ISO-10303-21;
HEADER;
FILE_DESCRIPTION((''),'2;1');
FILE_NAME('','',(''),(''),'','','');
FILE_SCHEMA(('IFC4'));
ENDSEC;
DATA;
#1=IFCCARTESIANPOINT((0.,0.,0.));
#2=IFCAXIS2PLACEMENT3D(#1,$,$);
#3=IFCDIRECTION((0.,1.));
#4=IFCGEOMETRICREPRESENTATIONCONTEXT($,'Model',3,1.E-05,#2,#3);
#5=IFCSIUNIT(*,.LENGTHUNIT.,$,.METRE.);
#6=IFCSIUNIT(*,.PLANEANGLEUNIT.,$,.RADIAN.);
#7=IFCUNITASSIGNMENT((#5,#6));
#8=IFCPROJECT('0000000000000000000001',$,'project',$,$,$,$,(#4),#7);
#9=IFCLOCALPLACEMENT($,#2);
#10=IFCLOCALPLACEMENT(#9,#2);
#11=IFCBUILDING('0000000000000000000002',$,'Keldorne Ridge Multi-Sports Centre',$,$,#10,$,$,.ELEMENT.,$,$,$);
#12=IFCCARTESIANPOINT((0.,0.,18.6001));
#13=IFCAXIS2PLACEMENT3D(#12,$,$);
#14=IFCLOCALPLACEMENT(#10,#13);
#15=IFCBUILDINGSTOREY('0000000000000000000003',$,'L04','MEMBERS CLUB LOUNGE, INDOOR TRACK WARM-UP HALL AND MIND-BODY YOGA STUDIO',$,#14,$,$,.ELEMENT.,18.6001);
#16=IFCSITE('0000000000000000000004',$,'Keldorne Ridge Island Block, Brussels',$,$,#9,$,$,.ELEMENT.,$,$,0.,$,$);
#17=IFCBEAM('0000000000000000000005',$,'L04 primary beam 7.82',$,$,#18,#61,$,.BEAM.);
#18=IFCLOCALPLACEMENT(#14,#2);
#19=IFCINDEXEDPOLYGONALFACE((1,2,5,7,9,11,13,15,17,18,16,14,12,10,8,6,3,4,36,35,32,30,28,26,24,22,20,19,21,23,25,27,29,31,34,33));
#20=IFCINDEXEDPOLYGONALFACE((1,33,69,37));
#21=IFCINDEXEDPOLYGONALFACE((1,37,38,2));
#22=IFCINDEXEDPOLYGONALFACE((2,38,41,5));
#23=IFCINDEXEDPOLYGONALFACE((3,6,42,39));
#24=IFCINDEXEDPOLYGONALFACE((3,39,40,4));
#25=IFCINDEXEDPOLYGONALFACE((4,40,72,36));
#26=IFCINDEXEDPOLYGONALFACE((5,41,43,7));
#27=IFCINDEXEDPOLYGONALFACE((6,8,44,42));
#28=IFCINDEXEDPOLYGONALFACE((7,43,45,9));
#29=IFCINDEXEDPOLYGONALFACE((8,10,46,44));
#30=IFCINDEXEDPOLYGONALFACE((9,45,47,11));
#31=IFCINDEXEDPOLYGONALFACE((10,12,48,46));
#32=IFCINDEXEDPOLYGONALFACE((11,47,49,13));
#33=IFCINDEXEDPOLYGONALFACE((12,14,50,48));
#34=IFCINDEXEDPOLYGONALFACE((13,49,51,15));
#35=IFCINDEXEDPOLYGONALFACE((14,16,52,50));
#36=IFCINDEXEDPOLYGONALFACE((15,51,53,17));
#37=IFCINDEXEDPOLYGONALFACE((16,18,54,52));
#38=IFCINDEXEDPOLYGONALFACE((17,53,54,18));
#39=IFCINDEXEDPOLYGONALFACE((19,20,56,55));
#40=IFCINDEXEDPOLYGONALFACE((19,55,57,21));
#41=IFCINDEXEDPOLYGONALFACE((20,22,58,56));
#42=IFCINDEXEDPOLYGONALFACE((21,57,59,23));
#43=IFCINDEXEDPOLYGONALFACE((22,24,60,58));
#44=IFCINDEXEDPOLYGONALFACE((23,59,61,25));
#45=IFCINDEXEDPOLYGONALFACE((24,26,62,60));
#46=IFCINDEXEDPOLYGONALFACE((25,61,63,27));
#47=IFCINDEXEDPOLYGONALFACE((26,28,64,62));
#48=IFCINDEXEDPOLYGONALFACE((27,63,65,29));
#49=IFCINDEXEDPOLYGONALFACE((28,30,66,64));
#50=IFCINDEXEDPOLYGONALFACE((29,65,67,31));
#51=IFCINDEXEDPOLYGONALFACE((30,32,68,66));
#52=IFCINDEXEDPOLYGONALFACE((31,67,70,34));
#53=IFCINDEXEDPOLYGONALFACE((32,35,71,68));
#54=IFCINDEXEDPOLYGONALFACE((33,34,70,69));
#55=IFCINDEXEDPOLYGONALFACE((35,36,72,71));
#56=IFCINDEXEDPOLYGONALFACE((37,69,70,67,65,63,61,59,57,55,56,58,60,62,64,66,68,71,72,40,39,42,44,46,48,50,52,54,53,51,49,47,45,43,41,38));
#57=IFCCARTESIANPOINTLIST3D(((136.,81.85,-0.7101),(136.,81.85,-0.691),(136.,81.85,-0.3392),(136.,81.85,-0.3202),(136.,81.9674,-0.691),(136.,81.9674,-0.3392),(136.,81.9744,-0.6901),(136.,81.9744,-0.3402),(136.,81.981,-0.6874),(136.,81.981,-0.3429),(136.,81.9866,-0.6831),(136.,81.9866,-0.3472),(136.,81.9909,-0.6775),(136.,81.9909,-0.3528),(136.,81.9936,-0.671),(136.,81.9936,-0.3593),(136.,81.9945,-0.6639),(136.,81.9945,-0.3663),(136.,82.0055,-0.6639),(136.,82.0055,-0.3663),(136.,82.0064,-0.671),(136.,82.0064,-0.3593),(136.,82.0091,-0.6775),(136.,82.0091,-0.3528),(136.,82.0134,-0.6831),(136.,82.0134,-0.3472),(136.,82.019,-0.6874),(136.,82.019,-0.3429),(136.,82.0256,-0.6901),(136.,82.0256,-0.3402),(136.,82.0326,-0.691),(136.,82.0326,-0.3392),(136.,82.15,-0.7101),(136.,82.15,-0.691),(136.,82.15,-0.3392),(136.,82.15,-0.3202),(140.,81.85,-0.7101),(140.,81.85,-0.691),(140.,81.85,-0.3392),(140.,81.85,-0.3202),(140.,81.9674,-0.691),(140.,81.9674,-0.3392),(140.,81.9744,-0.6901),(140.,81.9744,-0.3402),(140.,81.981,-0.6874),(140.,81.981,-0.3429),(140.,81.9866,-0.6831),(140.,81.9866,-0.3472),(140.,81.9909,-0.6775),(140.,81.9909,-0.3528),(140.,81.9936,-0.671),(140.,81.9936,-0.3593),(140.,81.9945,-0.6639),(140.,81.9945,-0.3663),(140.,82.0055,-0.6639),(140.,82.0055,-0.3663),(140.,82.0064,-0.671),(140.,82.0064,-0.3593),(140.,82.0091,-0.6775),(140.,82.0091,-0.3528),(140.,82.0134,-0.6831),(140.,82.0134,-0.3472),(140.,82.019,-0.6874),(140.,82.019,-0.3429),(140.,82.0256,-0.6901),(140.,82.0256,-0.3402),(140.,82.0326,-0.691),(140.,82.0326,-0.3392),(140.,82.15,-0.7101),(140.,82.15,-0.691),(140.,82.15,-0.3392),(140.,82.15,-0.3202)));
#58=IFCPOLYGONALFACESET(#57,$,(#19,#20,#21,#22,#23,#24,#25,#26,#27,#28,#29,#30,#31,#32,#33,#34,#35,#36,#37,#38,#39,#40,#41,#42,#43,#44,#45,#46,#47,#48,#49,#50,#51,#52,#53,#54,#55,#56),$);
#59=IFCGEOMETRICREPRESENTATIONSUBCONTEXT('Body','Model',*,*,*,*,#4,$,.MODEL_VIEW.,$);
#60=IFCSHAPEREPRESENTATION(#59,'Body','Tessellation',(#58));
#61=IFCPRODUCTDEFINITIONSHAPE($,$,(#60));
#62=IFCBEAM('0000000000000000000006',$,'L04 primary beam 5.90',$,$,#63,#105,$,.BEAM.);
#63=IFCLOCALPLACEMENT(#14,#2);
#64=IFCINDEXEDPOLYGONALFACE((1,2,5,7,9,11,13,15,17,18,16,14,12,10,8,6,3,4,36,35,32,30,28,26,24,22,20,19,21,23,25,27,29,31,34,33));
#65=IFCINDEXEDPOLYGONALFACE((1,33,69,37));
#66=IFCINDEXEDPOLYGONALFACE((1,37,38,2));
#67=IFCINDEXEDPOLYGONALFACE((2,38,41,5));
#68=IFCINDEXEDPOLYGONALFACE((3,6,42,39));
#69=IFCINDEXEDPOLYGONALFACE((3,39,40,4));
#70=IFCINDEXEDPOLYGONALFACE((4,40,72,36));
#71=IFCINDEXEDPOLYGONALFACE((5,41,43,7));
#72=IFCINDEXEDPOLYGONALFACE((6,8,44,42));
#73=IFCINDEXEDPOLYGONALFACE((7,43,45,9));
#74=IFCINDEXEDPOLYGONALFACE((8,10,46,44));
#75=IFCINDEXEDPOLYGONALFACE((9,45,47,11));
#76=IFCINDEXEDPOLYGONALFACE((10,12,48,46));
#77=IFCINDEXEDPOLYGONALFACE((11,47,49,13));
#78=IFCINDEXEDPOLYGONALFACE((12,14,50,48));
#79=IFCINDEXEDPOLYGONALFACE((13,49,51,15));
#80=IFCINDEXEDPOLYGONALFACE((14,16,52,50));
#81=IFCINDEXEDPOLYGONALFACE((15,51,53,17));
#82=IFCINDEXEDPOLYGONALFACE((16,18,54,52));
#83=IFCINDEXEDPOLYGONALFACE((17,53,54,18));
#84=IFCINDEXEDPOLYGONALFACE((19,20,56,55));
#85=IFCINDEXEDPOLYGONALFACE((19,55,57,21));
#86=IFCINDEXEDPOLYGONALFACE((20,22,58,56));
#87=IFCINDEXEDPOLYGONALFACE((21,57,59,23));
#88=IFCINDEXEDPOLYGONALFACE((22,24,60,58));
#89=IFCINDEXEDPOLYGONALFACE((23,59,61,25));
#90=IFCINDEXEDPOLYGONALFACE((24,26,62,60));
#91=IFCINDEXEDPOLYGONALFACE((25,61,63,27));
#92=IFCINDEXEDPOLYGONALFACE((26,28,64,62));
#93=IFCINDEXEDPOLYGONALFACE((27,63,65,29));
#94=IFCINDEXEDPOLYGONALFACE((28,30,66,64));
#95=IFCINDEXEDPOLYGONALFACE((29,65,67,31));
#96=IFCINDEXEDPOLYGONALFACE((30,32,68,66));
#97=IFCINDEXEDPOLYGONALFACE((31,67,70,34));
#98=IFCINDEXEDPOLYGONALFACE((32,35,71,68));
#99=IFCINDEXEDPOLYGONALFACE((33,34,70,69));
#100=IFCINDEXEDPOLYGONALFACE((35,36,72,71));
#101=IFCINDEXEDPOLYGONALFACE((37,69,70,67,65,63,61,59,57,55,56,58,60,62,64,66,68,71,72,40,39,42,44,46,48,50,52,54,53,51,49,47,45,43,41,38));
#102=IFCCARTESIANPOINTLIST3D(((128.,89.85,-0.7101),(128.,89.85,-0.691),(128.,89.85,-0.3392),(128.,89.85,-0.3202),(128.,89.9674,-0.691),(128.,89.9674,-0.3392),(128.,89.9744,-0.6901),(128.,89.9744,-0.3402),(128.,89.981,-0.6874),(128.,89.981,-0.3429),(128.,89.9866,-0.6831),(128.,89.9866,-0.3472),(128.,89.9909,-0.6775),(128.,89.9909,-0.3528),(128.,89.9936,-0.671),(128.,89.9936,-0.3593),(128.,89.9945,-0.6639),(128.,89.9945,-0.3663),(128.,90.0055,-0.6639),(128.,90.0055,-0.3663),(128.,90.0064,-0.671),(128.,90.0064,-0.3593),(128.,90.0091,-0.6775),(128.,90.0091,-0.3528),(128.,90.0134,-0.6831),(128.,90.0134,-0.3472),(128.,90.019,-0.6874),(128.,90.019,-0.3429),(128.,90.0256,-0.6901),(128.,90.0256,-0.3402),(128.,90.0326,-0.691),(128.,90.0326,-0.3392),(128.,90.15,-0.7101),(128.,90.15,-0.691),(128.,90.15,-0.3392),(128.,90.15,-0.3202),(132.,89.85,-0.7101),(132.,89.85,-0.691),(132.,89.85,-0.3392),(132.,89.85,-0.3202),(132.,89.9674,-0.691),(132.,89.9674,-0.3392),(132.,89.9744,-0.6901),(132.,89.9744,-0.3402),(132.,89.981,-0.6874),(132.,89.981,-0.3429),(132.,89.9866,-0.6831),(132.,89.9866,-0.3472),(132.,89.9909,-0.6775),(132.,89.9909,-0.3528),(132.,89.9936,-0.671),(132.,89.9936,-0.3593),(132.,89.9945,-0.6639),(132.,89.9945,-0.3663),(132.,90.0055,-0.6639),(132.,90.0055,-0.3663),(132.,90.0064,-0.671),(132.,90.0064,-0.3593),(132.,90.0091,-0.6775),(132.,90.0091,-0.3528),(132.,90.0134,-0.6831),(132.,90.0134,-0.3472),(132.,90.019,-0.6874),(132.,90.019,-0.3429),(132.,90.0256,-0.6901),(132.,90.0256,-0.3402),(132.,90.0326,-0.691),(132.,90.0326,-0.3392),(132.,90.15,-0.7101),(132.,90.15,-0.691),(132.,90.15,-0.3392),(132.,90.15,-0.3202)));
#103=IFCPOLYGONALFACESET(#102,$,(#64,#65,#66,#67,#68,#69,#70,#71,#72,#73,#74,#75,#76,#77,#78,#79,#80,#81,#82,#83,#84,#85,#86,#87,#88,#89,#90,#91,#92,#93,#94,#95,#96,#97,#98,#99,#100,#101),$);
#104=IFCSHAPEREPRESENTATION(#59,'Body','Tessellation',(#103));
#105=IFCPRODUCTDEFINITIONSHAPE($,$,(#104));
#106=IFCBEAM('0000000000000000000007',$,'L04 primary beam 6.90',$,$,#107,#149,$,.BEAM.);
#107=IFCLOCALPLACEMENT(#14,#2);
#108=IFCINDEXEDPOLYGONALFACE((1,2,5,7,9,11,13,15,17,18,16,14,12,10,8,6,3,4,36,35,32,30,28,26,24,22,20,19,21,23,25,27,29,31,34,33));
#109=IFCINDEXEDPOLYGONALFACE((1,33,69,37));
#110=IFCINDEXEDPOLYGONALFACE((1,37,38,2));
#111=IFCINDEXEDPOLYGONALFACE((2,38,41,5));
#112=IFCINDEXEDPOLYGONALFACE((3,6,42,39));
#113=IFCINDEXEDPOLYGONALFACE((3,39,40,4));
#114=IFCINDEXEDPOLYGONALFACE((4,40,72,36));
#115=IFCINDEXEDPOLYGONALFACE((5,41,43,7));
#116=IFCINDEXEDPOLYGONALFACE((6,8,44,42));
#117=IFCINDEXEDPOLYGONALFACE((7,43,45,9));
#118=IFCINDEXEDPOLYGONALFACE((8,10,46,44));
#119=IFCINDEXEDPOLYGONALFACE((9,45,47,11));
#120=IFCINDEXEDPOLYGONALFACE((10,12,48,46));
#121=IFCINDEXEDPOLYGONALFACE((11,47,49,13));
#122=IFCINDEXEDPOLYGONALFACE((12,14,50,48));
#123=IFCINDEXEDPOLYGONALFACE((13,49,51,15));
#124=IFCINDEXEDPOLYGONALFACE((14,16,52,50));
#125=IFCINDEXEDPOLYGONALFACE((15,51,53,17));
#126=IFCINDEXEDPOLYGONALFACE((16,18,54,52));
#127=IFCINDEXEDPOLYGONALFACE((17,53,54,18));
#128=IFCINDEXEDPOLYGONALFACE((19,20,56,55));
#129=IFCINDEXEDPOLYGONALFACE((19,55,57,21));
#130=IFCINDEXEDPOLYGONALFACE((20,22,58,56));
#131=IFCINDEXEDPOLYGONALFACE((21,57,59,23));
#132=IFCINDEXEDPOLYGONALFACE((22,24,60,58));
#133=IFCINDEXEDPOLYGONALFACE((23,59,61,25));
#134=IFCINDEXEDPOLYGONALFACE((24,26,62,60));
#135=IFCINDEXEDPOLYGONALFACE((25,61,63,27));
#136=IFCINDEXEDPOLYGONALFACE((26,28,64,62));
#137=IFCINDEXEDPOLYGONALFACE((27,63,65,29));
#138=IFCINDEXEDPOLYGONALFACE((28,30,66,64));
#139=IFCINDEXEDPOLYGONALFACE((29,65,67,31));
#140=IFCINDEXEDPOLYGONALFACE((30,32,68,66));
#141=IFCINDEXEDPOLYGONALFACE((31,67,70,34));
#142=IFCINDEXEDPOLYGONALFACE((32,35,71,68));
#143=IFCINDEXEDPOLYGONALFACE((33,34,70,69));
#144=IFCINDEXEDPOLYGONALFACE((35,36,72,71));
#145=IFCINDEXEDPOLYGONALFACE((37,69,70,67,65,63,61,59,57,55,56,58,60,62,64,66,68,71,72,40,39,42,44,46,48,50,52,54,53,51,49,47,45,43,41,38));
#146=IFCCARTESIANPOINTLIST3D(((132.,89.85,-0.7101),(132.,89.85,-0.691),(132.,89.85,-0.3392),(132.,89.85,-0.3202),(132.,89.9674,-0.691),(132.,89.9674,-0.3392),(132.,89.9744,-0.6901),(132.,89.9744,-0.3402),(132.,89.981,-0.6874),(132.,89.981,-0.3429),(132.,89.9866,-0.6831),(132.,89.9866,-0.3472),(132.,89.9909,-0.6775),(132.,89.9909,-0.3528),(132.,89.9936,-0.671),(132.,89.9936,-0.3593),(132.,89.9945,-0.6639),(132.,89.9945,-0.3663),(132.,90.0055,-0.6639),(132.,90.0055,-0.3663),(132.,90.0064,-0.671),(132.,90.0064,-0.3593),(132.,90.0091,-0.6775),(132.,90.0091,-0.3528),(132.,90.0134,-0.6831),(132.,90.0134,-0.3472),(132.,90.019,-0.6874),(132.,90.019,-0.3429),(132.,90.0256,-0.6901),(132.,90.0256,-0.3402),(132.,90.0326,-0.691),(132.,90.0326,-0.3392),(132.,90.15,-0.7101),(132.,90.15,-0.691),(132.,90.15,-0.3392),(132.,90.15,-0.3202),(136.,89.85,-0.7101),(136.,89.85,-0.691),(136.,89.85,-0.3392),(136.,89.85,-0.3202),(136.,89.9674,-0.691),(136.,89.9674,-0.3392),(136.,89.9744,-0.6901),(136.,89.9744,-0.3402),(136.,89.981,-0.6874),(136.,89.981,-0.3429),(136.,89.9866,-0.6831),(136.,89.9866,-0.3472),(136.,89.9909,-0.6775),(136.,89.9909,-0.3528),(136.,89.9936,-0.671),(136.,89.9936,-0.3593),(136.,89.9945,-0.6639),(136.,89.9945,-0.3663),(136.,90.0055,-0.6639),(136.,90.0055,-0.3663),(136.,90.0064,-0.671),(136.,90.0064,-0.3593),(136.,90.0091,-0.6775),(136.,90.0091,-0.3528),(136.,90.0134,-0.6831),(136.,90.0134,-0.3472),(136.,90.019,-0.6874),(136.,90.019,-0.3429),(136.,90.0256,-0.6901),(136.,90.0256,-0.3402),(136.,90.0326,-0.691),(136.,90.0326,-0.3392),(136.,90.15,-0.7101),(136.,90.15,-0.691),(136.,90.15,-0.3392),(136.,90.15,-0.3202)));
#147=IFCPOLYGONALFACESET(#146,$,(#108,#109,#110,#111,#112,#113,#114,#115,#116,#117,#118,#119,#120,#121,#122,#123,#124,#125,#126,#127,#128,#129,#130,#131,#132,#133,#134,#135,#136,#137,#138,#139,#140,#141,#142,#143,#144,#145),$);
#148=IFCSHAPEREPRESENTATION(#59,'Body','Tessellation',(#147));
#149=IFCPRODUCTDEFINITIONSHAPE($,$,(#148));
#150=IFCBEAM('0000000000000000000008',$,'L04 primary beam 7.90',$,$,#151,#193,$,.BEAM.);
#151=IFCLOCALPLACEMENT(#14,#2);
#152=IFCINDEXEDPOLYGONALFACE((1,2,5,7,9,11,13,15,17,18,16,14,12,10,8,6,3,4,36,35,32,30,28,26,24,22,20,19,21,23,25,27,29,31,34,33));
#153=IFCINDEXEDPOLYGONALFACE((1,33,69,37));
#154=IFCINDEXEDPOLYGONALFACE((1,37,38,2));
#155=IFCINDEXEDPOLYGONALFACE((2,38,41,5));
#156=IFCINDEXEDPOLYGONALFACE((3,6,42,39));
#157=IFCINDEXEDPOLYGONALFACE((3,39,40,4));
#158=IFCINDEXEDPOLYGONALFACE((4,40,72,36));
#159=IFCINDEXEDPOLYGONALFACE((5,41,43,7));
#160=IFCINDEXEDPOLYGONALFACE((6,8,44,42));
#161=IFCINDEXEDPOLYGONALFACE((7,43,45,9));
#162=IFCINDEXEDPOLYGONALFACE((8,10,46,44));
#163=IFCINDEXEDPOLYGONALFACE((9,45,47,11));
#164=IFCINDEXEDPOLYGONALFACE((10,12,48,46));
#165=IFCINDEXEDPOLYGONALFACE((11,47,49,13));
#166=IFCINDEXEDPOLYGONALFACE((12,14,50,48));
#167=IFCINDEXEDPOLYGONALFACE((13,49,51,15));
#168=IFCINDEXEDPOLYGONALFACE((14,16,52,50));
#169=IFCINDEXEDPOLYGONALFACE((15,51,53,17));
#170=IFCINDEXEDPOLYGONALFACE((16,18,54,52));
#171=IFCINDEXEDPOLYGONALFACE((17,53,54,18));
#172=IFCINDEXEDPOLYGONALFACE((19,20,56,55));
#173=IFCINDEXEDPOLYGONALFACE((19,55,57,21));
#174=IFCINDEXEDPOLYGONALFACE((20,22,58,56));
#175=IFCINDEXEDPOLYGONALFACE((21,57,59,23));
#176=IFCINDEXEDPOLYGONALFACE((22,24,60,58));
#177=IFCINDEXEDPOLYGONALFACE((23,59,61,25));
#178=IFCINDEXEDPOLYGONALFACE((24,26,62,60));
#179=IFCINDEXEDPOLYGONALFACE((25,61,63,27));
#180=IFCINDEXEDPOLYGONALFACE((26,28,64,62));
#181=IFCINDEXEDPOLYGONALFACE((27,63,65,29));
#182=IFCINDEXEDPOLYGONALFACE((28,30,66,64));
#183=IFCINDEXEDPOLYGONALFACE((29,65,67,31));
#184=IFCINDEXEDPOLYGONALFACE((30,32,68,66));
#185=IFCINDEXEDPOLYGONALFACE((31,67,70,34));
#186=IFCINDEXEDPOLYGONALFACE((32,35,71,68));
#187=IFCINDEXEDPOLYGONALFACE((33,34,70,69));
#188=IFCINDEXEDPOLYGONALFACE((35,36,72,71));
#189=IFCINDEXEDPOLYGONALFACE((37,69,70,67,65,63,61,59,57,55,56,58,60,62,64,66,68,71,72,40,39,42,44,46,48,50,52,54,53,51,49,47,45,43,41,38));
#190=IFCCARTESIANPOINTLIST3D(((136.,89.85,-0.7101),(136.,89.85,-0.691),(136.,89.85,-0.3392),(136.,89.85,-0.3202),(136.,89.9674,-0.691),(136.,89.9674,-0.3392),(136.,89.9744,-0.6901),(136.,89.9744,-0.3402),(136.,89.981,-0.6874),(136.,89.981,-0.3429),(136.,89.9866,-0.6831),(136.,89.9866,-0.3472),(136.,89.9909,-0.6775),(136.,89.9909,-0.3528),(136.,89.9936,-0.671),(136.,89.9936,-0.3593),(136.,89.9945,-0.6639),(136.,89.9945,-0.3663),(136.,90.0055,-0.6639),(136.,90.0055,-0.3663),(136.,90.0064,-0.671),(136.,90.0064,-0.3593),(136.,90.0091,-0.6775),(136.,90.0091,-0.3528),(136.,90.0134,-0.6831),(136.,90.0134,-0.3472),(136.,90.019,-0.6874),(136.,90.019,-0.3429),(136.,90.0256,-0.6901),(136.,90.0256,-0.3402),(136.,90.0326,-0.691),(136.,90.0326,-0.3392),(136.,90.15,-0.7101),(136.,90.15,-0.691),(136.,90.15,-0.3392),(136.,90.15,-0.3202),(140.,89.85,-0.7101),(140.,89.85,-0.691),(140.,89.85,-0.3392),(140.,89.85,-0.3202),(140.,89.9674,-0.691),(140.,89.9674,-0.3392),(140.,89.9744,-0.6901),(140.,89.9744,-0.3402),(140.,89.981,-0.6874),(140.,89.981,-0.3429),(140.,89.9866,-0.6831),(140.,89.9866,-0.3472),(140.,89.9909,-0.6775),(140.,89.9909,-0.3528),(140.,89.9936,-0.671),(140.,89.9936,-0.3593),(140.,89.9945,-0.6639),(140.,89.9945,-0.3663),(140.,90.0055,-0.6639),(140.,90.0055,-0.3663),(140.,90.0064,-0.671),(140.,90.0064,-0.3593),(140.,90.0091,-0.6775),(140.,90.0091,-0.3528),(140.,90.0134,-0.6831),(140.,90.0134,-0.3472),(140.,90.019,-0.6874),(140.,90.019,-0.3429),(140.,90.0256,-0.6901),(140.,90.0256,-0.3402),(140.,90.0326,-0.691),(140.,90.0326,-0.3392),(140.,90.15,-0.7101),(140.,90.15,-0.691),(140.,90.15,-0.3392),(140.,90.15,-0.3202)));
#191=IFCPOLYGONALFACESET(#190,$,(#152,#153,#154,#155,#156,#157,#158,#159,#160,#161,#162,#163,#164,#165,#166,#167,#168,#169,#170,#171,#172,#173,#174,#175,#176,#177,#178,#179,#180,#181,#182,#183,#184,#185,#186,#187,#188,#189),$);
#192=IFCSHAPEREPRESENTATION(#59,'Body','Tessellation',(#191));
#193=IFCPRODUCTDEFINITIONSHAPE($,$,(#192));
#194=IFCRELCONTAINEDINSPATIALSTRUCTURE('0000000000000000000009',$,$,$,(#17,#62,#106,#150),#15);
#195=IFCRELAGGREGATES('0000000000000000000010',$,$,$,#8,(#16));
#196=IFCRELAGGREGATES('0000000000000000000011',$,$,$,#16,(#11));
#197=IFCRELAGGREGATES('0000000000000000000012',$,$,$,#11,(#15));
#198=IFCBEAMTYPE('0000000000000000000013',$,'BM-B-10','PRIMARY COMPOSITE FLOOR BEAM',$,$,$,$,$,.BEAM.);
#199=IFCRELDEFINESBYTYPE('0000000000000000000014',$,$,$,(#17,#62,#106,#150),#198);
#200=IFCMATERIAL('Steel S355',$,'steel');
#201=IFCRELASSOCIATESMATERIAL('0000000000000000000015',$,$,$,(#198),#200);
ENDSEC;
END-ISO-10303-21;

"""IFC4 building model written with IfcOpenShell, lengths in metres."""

from ifc_helpers import new_model, si_unit, direction, frame, origin, origin_2d, place, context, subcontext, project, spatial, i_section, extrude, material, material_profile, profile_set, type_object, element, save


model = new_model("IFC4")

# Units and contexts
model_context = context("Model", 3, precision=1e-05, world=origin(), true_north=direction((0.0, 1.0)))
body_context = subcontext(model_context, "Body", "Model", "MODEL_VIEW")
ifc_project = project(units=[si_unit("LENGTHUNIT", "METRE"), si_unit("PLANEANGLEUNIT", "RADIAN")], contexts=[model_context])

# Site, building, storey
site_placement = place(None, origin())
site = spatial("IfcSite", under=ifc_project, at=site_placement, Name="Keldorne Ridge Island Block, Brussels", CompositionType="ELEMENT", RefElevation=0.0)
building_placement = place(site_placement, origin())
building = spatial("IfcBuilding", under=site, at=building_placement, Name="Keldorne Ridge Multi-Sports Centre", CompositionType="ELEMENT")
storey_placement = place(building_placement, frame((0.0, 0.0, 18.6001)))
storey = spatial("IfcBuildingStorey", under=building, at=storey_placement, Name="L04", Description="MEMBERS CLUB LOUNGE, INDOOR TRACK WARM-UP HALL AND MIND-BODY YOGA STUDIO", CompositionType="ELEMENT", Elevation=18.6001)

# Shared definitions
ifc_material_1 = material(Name="Steel S355", Category="steel")

# Beams
ifc_material_profile_1 = material_profile(ifc_material_1, i_section(OverallWidth=0.3, OverallDepth=0.3899, WebThickness=0.011, FlangeThickness=0.019, FilletRadius=0.0271, at=origin_2d()), Name="HEA 400")
ifc_profile_set_1 = profile_set([ifc_material_profile_1], Name="Steel S355")
beam_type_1 = type_object("IfcBeamType", Name="BM-B-10", Description="PRIMARY COMPOSITE FLOOR BEAM", PredefinedType="BEAM", material=ifc_profile_set_1)
for number, where, z_axis, x_axis, name in (
    (1, (136.0, 82.0, -0.5151), (1.0, 0.0, 0.0), (0.0, 1.0, 0.0), "L04 primary beam 7.82"),
    (2, (128.0, 90.0, -0.5151), (1.0, 0.0, 0.0), (0.0, 1.0, 0.0), "L04 primary beam 5.90"),
    (3, (132.0, 90.0, -0.5151), (1.0, 0.0, 0.0), (0.0, 1.0, 0.0), "L04 primary beam 6.90"),
    (4, (136.0, 90.0, -0.5151), (1.0, 0.0, 0.0), (0.0, 1.0, 0.0), "L04 primary beam 7.90"),
):
    element("IfcBeam", number, at=place(storey_placement, frame(where, z_axis=z_axis, x_axis=x_axis)), inside=storey, type_object=beam_type_1, Name=name, PredefinedType="BEAM", context=body_context, shape_type="SweptSolid", body=[
        extrude(i_section(OverallWidth=0.3, OverallDepth=0.3899, WebThickness=0.011, FlangeThickness=0.019, FilletRadius=0.0271, at=origin_2d()), origin(), (0.0, 0.0, 1.0), 4.0),
    ])

save(model, "model.ifc")
